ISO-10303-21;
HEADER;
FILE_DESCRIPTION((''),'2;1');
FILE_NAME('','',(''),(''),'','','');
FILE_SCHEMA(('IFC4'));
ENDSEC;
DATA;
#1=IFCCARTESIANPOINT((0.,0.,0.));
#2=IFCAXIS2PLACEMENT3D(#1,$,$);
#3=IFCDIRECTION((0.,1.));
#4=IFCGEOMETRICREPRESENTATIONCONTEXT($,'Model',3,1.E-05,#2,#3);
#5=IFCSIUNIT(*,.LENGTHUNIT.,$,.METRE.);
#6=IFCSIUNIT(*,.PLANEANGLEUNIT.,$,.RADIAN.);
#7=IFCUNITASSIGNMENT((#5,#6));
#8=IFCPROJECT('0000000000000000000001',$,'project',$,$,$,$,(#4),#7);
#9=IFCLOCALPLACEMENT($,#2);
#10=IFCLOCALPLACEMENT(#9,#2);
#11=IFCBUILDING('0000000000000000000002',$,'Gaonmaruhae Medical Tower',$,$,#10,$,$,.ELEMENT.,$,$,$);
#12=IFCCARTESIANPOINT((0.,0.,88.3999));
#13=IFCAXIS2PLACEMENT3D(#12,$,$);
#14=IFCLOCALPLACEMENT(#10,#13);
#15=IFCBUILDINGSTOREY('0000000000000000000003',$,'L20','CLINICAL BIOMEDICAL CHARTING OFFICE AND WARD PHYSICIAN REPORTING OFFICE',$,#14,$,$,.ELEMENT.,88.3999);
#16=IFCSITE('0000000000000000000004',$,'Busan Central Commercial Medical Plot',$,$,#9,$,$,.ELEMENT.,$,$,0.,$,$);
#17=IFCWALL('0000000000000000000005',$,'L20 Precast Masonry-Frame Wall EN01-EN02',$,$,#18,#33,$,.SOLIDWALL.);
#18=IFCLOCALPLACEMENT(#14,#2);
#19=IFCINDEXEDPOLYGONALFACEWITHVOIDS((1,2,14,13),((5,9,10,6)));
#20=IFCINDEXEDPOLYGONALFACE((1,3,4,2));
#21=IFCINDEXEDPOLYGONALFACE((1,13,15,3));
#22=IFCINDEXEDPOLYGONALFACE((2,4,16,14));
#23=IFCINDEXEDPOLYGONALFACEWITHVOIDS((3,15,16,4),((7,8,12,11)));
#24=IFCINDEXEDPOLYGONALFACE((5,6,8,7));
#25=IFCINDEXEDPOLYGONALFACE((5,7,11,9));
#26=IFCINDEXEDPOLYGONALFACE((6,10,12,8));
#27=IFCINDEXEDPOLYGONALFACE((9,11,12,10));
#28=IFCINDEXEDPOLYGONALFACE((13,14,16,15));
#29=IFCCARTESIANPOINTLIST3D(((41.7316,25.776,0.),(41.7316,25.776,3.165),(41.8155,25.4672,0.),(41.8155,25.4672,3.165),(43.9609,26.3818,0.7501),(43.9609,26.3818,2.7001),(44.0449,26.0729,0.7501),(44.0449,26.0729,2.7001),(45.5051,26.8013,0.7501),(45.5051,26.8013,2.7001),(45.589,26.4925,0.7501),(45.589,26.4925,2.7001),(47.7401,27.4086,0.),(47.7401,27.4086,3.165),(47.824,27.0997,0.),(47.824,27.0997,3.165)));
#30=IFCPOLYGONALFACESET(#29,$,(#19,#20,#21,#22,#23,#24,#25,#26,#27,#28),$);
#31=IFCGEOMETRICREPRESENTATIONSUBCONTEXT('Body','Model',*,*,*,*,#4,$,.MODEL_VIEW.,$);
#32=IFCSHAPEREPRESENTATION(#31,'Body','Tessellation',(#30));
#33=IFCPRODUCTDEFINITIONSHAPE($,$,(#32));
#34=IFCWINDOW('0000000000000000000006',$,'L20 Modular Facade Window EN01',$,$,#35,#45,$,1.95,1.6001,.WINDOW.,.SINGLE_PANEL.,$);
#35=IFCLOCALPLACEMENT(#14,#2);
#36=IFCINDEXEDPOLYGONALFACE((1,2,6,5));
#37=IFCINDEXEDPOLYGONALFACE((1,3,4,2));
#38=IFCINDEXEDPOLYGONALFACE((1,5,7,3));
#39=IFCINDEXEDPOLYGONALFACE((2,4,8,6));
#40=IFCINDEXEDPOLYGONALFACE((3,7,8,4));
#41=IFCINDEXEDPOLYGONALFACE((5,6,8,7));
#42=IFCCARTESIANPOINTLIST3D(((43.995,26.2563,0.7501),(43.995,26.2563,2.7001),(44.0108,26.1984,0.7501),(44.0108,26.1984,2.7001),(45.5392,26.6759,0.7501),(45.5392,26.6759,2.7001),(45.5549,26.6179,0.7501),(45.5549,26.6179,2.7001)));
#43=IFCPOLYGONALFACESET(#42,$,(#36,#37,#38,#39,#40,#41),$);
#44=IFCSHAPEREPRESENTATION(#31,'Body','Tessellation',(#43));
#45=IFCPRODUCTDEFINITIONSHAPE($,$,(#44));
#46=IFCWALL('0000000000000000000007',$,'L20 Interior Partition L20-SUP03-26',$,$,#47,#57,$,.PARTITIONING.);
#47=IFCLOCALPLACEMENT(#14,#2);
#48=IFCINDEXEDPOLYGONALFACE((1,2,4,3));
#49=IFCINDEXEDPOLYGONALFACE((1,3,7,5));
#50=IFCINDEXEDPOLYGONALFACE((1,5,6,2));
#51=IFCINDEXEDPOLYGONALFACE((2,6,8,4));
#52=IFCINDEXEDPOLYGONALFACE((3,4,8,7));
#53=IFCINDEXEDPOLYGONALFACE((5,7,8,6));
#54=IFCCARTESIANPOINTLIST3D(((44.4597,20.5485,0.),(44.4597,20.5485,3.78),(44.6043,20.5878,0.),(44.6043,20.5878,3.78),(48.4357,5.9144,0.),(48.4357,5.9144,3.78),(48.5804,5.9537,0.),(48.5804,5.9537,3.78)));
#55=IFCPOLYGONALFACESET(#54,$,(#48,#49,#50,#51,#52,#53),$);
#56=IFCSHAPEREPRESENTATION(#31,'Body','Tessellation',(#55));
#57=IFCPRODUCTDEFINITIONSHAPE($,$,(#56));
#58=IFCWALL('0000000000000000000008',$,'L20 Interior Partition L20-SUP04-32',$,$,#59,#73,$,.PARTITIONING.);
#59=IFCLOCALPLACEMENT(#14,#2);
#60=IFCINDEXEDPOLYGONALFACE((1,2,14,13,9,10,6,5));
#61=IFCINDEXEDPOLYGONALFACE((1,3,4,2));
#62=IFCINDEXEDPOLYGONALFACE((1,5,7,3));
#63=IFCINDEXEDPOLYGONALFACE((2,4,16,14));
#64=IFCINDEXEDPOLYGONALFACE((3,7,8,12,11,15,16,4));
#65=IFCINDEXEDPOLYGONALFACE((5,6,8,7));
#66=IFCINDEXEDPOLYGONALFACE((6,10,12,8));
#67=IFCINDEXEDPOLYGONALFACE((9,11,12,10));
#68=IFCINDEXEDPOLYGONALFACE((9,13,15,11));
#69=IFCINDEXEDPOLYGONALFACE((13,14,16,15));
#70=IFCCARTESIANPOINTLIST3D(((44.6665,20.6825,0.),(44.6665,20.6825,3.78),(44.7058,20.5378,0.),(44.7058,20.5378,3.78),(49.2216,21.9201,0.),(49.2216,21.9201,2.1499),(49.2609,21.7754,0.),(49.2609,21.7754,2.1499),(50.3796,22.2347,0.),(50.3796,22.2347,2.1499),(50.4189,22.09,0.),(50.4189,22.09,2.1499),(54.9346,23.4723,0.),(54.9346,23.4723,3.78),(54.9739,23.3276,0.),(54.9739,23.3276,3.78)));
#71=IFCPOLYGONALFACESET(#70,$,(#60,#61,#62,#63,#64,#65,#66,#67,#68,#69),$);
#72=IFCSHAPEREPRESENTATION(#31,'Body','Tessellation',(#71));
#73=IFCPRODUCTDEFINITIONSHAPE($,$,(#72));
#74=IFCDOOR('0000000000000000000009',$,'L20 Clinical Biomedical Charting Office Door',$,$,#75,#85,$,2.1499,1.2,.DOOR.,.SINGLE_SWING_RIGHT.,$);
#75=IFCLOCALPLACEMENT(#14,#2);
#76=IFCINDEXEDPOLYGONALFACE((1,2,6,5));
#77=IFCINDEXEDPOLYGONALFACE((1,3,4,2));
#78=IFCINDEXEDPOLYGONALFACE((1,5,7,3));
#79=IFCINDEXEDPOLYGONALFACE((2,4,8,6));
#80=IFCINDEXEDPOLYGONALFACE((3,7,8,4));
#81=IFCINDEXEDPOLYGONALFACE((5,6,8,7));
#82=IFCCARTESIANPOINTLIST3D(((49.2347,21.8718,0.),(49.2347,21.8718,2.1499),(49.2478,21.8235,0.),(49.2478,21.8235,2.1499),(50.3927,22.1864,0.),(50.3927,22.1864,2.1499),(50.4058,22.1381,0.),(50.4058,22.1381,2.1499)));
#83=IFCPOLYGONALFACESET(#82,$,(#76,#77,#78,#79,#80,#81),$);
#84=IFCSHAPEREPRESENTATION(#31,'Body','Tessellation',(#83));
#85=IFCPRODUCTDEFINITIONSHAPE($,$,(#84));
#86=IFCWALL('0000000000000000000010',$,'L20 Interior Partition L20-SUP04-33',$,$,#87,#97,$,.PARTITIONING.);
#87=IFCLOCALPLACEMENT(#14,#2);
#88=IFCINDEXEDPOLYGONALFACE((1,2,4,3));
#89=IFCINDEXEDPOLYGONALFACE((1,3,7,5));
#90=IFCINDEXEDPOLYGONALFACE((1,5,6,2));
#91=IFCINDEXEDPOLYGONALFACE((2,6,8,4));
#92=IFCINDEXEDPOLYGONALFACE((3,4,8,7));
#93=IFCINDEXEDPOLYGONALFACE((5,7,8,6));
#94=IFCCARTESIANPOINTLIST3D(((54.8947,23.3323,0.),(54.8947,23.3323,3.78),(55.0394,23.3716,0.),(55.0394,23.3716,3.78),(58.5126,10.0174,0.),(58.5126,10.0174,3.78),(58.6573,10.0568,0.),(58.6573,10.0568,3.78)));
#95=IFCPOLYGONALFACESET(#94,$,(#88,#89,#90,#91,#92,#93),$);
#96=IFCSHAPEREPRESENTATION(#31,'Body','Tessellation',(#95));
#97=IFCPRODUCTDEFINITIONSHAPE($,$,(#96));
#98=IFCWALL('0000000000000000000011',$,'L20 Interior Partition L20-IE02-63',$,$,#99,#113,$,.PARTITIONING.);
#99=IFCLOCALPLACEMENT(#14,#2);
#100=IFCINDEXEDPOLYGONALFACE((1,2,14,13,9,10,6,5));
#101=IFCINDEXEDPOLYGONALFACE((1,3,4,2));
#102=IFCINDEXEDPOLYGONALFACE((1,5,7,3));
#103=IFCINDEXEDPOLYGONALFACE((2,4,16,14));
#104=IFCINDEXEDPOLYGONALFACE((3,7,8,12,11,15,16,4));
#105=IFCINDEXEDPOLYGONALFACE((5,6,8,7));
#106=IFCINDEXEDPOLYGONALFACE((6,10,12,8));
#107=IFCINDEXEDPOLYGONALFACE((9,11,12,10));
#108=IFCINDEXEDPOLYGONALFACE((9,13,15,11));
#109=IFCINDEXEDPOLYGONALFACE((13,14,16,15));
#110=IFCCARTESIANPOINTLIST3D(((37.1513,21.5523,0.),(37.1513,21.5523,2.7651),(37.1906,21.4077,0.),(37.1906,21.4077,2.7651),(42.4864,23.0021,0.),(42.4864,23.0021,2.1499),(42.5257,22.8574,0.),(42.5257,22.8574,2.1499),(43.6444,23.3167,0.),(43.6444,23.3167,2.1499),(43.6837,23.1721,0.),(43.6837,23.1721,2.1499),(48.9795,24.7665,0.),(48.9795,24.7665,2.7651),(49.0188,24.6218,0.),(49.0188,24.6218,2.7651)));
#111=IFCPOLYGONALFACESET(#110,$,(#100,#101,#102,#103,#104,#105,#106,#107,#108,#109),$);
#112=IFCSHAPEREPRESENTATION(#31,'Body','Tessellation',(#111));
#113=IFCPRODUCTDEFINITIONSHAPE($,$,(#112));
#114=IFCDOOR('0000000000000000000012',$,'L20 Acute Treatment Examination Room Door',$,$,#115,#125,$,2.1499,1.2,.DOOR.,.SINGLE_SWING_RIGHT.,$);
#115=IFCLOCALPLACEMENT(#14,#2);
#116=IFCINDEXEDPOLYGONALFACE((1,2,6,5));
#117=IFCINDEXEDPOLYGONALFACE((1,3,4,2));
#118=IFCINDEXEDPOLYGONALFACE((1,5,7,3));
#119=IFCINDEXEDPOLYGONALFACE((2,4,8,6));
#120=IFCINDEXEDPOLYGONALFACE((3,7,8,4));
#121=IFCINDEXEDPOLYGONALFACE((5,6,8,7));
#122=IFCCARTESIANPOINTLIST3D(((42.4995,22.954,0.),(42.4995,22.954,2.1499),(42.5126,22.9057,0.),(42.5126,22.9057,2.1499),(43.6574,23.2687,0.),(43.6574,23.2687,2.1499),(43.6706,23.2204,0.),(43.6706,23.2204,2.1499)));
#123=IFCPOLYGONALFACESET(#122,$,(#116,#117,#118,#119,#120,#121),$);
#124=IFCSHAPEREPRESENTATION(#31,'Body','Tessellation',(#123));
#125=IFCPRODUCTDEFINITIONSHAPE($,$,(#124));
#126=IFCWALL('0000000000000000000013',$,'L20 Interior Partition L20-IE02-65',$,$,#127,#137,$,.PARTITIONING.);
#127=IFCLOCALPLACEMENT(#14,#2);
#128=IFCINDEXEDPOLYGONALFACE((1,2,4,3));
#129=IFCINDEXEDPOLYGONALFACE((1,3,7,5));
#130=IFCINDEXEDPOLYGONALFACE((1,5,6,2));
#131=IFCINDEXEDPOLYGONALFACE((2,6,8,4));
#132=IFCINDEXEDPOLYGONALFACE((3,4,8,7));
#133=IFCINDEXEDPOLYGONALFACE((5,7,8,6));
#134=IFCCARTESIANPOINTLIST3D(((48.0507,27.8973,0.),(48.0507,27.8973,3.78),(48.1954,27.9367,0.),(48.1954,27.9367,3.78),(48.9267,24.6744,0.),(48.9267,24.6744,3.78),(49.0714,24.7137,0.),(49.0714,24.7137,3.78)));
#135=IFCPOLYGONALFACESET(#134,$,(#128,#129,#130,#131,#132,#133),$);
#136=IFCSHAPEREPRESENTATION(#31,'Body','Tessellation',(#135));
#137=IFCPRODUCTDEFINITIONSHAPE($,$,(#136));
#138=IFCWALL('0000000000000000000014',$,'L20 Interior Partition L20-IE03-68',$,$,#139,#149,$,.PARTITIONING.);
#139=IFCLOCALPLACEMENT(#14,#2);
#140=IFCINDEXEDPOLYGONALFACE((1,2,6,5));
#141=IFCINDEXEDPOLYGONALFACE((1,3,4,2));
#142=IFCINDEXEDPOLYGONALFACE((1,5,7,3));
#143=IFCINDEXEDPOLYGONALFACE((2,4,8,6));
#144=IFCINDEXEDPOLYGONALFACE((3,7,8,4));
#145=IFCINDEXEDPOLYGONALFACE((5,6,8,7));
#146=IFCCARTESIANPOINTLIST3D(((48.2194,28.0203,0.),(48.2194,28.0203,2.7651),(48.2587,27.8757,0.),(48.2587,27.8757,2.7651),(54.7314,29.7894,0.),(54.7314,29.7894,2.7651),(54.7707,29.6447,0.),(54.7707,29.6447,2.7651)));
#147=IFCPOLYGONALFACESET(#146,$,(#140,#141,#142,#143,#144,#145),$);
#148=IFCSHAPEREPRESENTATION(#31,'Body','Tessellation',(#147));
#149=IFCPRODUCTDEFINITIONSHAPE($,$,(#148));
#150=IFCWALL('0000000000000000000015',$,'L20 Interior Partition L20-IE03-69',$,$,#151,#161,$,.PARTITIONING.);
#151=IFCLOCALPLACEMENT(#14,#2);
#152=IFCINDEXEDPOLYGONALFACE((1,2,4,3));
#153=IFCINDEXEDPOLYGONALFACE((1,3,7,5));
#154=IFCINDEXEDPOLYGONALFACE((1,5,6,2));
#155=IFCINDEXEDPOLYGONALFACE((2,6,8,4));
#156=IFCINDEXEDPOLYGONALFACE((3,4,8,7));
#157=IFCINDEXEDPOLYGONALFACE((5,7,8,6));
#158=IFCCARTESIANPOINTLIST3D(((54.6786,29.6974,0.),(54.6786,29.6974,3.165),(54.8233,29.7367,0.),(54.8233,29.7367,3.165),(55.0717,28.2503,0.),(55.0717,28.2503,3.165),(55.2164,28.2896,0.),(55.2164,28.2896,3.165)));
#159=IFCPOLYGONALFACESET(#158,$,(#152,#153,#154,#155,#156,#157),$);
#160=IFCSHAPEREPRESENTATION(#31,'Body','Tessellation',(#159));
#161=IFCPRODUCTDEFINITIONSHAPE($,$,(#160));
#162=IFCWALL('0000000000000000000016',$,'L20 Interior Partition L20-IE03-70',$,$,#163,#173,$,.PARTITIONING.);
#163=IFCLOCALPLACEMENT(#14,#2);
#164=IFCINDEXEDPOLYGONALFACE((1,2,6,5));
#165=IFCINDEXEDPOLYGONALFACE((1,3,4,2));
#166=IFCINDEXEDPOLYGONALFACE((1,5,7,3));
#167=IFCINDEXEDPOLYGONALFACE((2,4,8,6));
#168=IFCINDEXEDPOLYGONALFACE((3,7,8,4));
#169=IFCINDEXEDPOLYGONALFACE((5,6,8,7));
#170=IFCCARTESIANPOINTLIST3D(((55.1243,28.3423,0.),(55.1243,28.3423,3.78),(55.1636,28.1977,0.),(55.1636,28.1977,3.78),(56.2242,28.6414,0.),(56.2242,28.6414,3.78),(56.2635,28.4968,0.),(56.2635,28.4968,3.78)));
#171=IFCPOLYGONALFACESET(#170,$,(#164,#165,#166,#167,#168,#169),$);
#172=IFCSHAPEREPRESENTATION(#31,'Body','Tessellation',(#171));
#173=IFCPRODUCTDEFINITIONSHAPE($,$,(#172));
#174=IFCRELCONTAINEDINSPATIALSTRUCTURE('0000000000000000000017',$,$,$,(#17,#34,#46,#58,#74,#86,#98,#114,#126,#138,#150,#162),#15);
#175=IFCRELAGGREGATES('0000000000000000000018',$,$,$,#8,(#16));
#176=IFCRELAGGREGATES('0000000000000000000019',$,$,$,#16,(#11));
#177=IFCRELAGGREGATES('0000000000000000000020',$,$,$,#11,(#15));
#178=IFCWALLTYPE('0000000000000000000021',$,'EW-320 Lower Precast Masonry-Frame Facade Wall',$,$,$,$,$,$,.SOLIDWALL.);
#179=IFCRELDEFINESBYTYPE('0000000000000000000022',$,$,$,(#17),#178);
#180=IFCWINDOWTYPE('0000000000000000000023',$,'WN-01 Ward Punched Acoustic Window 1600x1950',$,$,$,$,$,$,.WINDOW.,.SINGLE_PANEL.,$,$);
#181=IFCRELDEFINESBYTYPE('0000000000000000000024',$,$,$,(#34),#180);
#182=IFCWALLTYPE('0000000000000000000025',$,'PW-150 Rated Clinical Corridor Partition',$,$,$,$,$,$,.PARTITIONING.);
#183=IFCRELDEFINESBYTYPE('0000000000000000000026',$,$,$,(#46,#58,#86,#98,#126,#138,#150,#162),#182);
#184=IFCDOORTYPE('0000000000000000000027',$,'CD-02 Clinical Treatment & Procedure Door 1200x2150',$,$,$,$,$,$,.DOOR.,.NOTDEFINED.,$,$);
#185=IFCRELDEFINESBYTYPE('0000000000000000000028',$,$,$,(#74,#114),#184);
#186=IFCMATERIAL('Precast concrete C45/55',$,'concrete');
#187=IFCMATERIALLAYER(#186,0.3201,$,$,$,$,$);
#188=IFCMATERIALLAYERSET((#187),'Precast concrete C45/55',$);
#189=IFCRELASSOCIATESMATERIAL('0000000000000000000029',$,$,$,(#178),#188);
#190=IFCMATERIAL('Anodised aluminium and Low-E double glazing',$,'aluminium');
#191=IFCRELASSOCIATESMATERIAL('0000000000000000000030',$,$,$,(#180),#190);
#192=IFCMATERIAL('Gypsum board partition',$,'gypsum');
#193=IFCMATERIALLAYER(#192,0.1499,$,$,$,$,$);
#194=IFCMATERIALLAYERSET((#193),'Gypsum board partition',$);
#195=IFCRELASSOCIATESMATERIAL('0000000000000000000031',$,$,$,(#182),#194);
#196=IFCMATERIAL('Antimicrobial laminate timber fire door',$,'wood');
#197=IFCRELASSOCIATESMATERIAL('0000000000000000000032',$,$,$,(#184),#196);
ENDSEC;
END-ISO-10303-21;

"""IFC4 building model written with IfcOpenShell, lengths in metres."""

from ifc_helpers import new_model, si_unit, direction, frame, frame_2d, origin, place, context, subcontext, project, spatial, rectangle, extrude, material, layer, layer_set, type_object, element, fill, save


model = new_model("IFC4")

# Units and contexts
model_context = context("Model", 3, precision=1e-05, world=origin(), true_north=direction((0.0, 1.0)))
body_context = subcontext(model_context, "Body", "Model", "MODEL_VIEW")
ifc_project = project(units=[si_unit("LENGTHUNIT", "METRE"), si_unit("PLANEANGLEUNIT", "RADIAN")], contexts=[model_context])

# Site, building, storey
site_placement = place(None, origin())
site = spatial("IfcSite", under=ifc_project, at=site_placement, Name="Busan Central Commercial Medical Plot", CompositionType="ELEMENT", RefElevation=0.0)
building_placement = place(site_placement, origin())
building = spatial("IfcBuilding", under=site, at=building_placement, Name="Gaonmaruhae Medical Tower", CompositionType="ELEMENT")
storey_placement = place(building_placement, frame((0.0, 0.0, 88.3999)))
storey = spatial("IfcBuildingStorey", under=building, at=storey_placement, Name="L20", Description="CLINICAL BIOMEDICAL CHARTING OFFICE AND WARD PHYSICIAN REPORTING OFFICE", CompositionType="ELEMENT", Elevation=88.3999)

# Wall, opening, window
ifc_material_1 = material(Name="Precast concrete C45/55", Category="concrete")
ifc_layer_1 = layer(ifc_material_1, 0.3201)
ifc_layer_set_1 = layer_set([ifc_layer_1], Name="Precast concrete C45/55")
wall_type_1 = type_object("IfcWallType", Name="EW-320 Lower Precast Masonry-Frame Facade Wall", PredefinedType="SOLIDWALL", material=ifc_layer_set_1)
ifc_material_2 = material(Name="Anodised aluminium and Low-E double glazing", Category="aluminium")
wall_1_placement = place(storey_placement, frame((41.7734, 25.6216, 0.0), z_axis=(0.0, 0.0, 1.0), x_axis=(0.965013, 0.262202, 0.0)))
wall_1 = element("IfcWall", 1, at=wall_1_placement, inside=storey, type_object=wall_type_1, Name="L20 Precast Masonry-Frame Wall EN01-EN02", PredefinedType="SOLIDWALL", context=body_context, shape_type="SweptSolid", body=[
    extrude(rectangle(XDim=6.2263, YDim=0.3201, at=frame_2d((3.1133, 0.0))), origin(), (0.0, 0.0, 1.0), 3.165),
])
opening_1_placement = place(wall_1_placement, frame((2.3103, 0.0, 0.75)))
opening_1 = element("IfcOpeningElement", 2, at=opening_1_placement, cuts=wall_1, PredefinedType="OPENING", context=body_context, shape_type="SweptSolid", body=[
    extrude(rectangle(XDim=1.6001, YDim=1.95, at=frame_2d((0.8, 0.9751))), frame((0.0, 0.1699, 0.0), z_axis=(0.0, -1.0, 0.0), x_axis=(1.0, 0.0, 0.0)), (0.0, 0.0, 1.0), 0.3401),
])
window_type_1 = type_object("IfcWindowType", Name="WN-01 Ward Punched Acoustic Window 1600x1950", PartitioningType="SINGLE_PANEL", PredefinedType="WINDOW", material=ifc_material_2)
window_1_placement = place(opening_1_placement, origin())
window_1 = element("IfcWindow", 3, at=window_1_placement, inside=storey, type_object=window_type_1, Name="L20 Modular Facade Window EN01", OverallHeight=1.95, OverallWidth=1.6001, PartitioningType="SINGLE_PANEL", PredefinedType="WINDOW", context=body_context, shape_type="SweptSolid", body=[
    extrude(rectangle(XDim=1.6001, YDim=1.95, at=frame_2d((0.8, 0.9751))), frame((0.0, 0.03, 0.0), z_axis=(0.0, -1.0, 0.0), x_axis=(1.0, 0.0, 0.0)), (0.0, 0.0, 1.0), 0.0601),
])
fill(opening_1, window_1)

# Wall
ifc_material_3 = material(Name="Gypsum board partition", Category="gypsum")
ifc_layer_2 = layer(ifc_material_3, 0.1499)
ifc_layer_set_2 = layer_set([ifc_layer_2], Name="Gypsum board partition")
wall_type_2 = type_object("IfcWallType", Name="PW-150 Rated Clinical Corridor Partition", PredefinedType="PARTITIONING", material=ifc_layer_set_2)
wall_2_placement = place(storey_placement, frame((44.532, 20.5681, 0.0), z_axis=(0.0, 0.0, 1.0), x_axis=(0.262195, -0.965015, 0.0)))
element("IfcWall", 4, at=wall_2_placement, inside=storey, type_object=wall_type_2, Name="L20 Interior Partition L20-SUP03-26", PredefinedType="PARTITIONING", context=body_context, shape_type="SweptSolid", body=[
    extrude(rectangle(XDim=15.1646, YDim=0.1499, at=frame_2d((7.5823, 0.0))), origin(), (0.0, 0.0, 1.0), 3.78),
])

# Wall, opening, door
wall_3_placement = place(storey_placement, frame((44.686, 20.6101, 0.0), z_axis=(0.0, 0.0, 1.0), x_axis=(0.965016, 0.262191, 0.0)))
wall_3 = element("IfcWall", 5, at=wall_3_placement, inside=storey, type_object=wall_type_2, Name="L20 Interior Partition L20-SUP04-32", PredefinedType="PARTITIONING", context=body_context, shape_type="SweptSolid", body=[
    extrude(rectangle(XDim=10.6404, YDim=0.1499, at=frame_2d((5.3203, 0.0))), origin(), (0.0, 0.0, 1.0), 3.78),
])
opening_2_placement = place(wall_3_placement, frame((4.7202, 0.0, 0.0)))
opening_2 = element("IfcOpeningElement", 6, at=opening_2_placement, cuts=wall_3, PredefinedType="OPENING", context=body_context, shape_type="SweptSolid", body=[
    extrude(rectangle(XDim=1.2, YDim=2.1499, at=frame_2d((0.6001, 1.075))), frame((0.0, 0.085, 0.0), z_axis=(0.0, -1.0, 0.0), x_axis=(1.0, 0.0, 0.0)), (0.0, 0.0, 1.0), 0.1699),
])
ifc_material_4 = material(Name="Antimicrobial laminate timber fire door", Category="wood")
door_type = type_object("IfcDoorType", Name="CD-02 Clinical Treatment & Procedure Door 1200x2150", OperationType="NOTDEFINED", PredefinedType="DOOR", material=ifc_material_4)
door_1_placement = place(opening_2_placement, origin())
door_1 = element("IfcDoor", 7, at=door_1_placement, inside=storey, type_object=door_type, Name="L20 Clinical Biomedical Charting Office Door", OperationType="SINGLE_SWING_RIGHT", OverallHeight=2.1499, OverallWidth=1.2, PredefinedType="DOOR", context=body_context, shape_type="SweptSolid", body=[
    extrude(rectangle(XDim=1.2, YDim=2.1499, at=frame_2d((0.6001, 1.075))), frame((0.0, 0.0249, 0.0), z_axis=(0.0, -1.0, 0.0), x_axis=(1.0, 0.0, 0.0)), (0.0, 0.0, 1.0), 0.05),
])
fill(opening_2, door_1)

# Wall
wall_4_placement = place(storey_placement, frame((54.967, 23.3521, 0.0), z_axis=(0.0, 0.0, 1.0), x_axis=(0.262211, -0.96501, 0.0)))
element("IfcWall", 8, at=wall_4_placement, inside=storey, type_object=wall_type_2, Name="L20 Interior Partition L20-SUP04-33", PredefinedType="PARTITIONING", context=body_context, shape_type="SweptSolid", body=[
    extrude(rectangle(XDim=13.7976, YDim=0.1499, at=frame_2d((6.8989, 0.0))), origin(), (0.0, 0.0, 1.0), 3.78),
])

# Wall, opening, door
wall_5_placement = place(storey_placement, frame((48.999, 24.6941, 0.0), z_axis=(0.0, 0.0, 1.0), x_axis=(-0.965007, -0.262226, 0.0)))
wall_5 = element("IfcWall", 9, at=wall_5_placement, inside=storey, type_object=wall_type_2, Name="L20 Interior Partition L20-IE02-63", PredefinedType="PARTITIONING", context=body_context, shape_type="SweptSolid", body=[
    extrude(rectangle(XDim=12.2571, YDim=0.1499, at=frame_2d((6.1284, 0.0))), origin(), (0.0, 0.0, 1.0), 2.7651),
])
opening_3_placement = place(wall_5_placement, frame((5.5283, 0.0, 0.0)))
opening_3 = element("IfcOpeningElement", 10, at=opening_3_placement, cuts=wall_5, PredefinedType="OPENING", context=body_context, shape_type="SweptSolid", body=[
    extrude(rectangle(XDim=1.2, YDim=2.1499, at=frame_2d((0.6001, 1.075))), frame((0.0, 0.085, 0.0), z_axis=(0.0, -1.0, 0.0), x_axis=(1.0, 0.0, 0.0)), (0.0, 0.0, 1.0), 0.1699),
])
door_2_placement = place(opening_3_placement, origin())
door_2 = element("IfcDoor", 11, at=door_2_placement, inside=storey, type_object=door_type, Name="L20 Acute Treatment Examination Room Door", OperationType="SINGLE_SWING_RIGHT", OverallHeight=2.1499, OverallWidth=1.2, PredefinedType="DOOR", context=body_context, shape_type="SweptSolid", body=[
    extrude(rectangle(XDim=1.2, YDim=2.1499, at=frame_2d((0.6001, 1.075))), frame((0.0, 0.0249, 0.0), z_axis=(0.0, -1.0, 0.0), x_axis=(1.0, 0.0, 0.0)), (0.0, 0.0, 1.0), 0.05),
])
fill(opening_3, door_2)

# Walls
wall_6_placement = place(storey_placement, frame((48.123, 27.917, 0.0), z_axis=(0.0, 0.0, 1.0), x_axis=(0.262282, -0.964991, 0.0)))
element("IfcWall", 12, at=wall_6_placement, inside=storey, type_object=wall_type_2, Name="L20 Interior Partition L20-IE02-65", PredefinedType="PARTITIONING", context=body_context, shape_type="SweptSolid", body=[
    extrude(rectangle(XDim=3.3398, YDim=0.1499, at=frame_2d((1.6699, 0.0))), origin(), (0.0, 0.0, 1.0), 3.78),
])
wall_7_placement = place(storey_placement, frame((48.239, 27.948, 0.0), z_axis=(0.0, 0.0, 1.0), x_axis=(0.965025, 0.262159, 0.0)))
element("IfcWall", 13, at=wall_7_placement, inside=storey, type_object=wall_type_2, Name="L20 Interior Partition L20-IE03-68", PredefinedType="PARTITIONING", context=body_context, shape_type="SweptSolid", body=[
    extrude(rectangle(XDim=6.748, YDim=0.1499, at=frame_2d((3.374, 0.0))), origin(), (0.0, 0.0, 1.0), 2.7651),
])
wall_8_placement = place(storey_placement, frame((54.751, 29.717, 0.0), z_axis=(0.0, 0.0, 1.0), x_axis=(0.262139, -0.96503, 0.0)))
element("IfcWall", 14, at=wall_8_placement, inside=storey, type_object=wall_type_2, Name="L20 Interior Partition L20-IE03-69", PredefinedType="PARTITIONING", context=body_context, shape_type="SweptSolid", body=[
    extrude(rectangle(XDim=1.4995, YDim=0.1499, at=frame_2d((0.7498, 0.0))), origin(), (0.0, 0.0, 1.0), 3.165),
])
wall_9_placement = place(storey_placement, frame((55.144, 28.27, 0.0), z_axis=(0.0, 0.0, 1.0), x_axis=(0.964961, 0.262392, 0.0)))
element("IfcWall", 15, at=wall_9_placement, inside=storey, type_object=wall_type_2, Name="L20 Interior Partition L20-IE03-70", PredefinedType="PARTITIONING", context=body_context, shape_type="SweptSolid", body=[
    extrude(rectangle(XDim=1.1399, YDim=0.1499, at=frame_2d((0.5698, 0.0))), origin(), (0.0, 0.0, 1.0), 3.78),
])

save(model, "model.ifc")
